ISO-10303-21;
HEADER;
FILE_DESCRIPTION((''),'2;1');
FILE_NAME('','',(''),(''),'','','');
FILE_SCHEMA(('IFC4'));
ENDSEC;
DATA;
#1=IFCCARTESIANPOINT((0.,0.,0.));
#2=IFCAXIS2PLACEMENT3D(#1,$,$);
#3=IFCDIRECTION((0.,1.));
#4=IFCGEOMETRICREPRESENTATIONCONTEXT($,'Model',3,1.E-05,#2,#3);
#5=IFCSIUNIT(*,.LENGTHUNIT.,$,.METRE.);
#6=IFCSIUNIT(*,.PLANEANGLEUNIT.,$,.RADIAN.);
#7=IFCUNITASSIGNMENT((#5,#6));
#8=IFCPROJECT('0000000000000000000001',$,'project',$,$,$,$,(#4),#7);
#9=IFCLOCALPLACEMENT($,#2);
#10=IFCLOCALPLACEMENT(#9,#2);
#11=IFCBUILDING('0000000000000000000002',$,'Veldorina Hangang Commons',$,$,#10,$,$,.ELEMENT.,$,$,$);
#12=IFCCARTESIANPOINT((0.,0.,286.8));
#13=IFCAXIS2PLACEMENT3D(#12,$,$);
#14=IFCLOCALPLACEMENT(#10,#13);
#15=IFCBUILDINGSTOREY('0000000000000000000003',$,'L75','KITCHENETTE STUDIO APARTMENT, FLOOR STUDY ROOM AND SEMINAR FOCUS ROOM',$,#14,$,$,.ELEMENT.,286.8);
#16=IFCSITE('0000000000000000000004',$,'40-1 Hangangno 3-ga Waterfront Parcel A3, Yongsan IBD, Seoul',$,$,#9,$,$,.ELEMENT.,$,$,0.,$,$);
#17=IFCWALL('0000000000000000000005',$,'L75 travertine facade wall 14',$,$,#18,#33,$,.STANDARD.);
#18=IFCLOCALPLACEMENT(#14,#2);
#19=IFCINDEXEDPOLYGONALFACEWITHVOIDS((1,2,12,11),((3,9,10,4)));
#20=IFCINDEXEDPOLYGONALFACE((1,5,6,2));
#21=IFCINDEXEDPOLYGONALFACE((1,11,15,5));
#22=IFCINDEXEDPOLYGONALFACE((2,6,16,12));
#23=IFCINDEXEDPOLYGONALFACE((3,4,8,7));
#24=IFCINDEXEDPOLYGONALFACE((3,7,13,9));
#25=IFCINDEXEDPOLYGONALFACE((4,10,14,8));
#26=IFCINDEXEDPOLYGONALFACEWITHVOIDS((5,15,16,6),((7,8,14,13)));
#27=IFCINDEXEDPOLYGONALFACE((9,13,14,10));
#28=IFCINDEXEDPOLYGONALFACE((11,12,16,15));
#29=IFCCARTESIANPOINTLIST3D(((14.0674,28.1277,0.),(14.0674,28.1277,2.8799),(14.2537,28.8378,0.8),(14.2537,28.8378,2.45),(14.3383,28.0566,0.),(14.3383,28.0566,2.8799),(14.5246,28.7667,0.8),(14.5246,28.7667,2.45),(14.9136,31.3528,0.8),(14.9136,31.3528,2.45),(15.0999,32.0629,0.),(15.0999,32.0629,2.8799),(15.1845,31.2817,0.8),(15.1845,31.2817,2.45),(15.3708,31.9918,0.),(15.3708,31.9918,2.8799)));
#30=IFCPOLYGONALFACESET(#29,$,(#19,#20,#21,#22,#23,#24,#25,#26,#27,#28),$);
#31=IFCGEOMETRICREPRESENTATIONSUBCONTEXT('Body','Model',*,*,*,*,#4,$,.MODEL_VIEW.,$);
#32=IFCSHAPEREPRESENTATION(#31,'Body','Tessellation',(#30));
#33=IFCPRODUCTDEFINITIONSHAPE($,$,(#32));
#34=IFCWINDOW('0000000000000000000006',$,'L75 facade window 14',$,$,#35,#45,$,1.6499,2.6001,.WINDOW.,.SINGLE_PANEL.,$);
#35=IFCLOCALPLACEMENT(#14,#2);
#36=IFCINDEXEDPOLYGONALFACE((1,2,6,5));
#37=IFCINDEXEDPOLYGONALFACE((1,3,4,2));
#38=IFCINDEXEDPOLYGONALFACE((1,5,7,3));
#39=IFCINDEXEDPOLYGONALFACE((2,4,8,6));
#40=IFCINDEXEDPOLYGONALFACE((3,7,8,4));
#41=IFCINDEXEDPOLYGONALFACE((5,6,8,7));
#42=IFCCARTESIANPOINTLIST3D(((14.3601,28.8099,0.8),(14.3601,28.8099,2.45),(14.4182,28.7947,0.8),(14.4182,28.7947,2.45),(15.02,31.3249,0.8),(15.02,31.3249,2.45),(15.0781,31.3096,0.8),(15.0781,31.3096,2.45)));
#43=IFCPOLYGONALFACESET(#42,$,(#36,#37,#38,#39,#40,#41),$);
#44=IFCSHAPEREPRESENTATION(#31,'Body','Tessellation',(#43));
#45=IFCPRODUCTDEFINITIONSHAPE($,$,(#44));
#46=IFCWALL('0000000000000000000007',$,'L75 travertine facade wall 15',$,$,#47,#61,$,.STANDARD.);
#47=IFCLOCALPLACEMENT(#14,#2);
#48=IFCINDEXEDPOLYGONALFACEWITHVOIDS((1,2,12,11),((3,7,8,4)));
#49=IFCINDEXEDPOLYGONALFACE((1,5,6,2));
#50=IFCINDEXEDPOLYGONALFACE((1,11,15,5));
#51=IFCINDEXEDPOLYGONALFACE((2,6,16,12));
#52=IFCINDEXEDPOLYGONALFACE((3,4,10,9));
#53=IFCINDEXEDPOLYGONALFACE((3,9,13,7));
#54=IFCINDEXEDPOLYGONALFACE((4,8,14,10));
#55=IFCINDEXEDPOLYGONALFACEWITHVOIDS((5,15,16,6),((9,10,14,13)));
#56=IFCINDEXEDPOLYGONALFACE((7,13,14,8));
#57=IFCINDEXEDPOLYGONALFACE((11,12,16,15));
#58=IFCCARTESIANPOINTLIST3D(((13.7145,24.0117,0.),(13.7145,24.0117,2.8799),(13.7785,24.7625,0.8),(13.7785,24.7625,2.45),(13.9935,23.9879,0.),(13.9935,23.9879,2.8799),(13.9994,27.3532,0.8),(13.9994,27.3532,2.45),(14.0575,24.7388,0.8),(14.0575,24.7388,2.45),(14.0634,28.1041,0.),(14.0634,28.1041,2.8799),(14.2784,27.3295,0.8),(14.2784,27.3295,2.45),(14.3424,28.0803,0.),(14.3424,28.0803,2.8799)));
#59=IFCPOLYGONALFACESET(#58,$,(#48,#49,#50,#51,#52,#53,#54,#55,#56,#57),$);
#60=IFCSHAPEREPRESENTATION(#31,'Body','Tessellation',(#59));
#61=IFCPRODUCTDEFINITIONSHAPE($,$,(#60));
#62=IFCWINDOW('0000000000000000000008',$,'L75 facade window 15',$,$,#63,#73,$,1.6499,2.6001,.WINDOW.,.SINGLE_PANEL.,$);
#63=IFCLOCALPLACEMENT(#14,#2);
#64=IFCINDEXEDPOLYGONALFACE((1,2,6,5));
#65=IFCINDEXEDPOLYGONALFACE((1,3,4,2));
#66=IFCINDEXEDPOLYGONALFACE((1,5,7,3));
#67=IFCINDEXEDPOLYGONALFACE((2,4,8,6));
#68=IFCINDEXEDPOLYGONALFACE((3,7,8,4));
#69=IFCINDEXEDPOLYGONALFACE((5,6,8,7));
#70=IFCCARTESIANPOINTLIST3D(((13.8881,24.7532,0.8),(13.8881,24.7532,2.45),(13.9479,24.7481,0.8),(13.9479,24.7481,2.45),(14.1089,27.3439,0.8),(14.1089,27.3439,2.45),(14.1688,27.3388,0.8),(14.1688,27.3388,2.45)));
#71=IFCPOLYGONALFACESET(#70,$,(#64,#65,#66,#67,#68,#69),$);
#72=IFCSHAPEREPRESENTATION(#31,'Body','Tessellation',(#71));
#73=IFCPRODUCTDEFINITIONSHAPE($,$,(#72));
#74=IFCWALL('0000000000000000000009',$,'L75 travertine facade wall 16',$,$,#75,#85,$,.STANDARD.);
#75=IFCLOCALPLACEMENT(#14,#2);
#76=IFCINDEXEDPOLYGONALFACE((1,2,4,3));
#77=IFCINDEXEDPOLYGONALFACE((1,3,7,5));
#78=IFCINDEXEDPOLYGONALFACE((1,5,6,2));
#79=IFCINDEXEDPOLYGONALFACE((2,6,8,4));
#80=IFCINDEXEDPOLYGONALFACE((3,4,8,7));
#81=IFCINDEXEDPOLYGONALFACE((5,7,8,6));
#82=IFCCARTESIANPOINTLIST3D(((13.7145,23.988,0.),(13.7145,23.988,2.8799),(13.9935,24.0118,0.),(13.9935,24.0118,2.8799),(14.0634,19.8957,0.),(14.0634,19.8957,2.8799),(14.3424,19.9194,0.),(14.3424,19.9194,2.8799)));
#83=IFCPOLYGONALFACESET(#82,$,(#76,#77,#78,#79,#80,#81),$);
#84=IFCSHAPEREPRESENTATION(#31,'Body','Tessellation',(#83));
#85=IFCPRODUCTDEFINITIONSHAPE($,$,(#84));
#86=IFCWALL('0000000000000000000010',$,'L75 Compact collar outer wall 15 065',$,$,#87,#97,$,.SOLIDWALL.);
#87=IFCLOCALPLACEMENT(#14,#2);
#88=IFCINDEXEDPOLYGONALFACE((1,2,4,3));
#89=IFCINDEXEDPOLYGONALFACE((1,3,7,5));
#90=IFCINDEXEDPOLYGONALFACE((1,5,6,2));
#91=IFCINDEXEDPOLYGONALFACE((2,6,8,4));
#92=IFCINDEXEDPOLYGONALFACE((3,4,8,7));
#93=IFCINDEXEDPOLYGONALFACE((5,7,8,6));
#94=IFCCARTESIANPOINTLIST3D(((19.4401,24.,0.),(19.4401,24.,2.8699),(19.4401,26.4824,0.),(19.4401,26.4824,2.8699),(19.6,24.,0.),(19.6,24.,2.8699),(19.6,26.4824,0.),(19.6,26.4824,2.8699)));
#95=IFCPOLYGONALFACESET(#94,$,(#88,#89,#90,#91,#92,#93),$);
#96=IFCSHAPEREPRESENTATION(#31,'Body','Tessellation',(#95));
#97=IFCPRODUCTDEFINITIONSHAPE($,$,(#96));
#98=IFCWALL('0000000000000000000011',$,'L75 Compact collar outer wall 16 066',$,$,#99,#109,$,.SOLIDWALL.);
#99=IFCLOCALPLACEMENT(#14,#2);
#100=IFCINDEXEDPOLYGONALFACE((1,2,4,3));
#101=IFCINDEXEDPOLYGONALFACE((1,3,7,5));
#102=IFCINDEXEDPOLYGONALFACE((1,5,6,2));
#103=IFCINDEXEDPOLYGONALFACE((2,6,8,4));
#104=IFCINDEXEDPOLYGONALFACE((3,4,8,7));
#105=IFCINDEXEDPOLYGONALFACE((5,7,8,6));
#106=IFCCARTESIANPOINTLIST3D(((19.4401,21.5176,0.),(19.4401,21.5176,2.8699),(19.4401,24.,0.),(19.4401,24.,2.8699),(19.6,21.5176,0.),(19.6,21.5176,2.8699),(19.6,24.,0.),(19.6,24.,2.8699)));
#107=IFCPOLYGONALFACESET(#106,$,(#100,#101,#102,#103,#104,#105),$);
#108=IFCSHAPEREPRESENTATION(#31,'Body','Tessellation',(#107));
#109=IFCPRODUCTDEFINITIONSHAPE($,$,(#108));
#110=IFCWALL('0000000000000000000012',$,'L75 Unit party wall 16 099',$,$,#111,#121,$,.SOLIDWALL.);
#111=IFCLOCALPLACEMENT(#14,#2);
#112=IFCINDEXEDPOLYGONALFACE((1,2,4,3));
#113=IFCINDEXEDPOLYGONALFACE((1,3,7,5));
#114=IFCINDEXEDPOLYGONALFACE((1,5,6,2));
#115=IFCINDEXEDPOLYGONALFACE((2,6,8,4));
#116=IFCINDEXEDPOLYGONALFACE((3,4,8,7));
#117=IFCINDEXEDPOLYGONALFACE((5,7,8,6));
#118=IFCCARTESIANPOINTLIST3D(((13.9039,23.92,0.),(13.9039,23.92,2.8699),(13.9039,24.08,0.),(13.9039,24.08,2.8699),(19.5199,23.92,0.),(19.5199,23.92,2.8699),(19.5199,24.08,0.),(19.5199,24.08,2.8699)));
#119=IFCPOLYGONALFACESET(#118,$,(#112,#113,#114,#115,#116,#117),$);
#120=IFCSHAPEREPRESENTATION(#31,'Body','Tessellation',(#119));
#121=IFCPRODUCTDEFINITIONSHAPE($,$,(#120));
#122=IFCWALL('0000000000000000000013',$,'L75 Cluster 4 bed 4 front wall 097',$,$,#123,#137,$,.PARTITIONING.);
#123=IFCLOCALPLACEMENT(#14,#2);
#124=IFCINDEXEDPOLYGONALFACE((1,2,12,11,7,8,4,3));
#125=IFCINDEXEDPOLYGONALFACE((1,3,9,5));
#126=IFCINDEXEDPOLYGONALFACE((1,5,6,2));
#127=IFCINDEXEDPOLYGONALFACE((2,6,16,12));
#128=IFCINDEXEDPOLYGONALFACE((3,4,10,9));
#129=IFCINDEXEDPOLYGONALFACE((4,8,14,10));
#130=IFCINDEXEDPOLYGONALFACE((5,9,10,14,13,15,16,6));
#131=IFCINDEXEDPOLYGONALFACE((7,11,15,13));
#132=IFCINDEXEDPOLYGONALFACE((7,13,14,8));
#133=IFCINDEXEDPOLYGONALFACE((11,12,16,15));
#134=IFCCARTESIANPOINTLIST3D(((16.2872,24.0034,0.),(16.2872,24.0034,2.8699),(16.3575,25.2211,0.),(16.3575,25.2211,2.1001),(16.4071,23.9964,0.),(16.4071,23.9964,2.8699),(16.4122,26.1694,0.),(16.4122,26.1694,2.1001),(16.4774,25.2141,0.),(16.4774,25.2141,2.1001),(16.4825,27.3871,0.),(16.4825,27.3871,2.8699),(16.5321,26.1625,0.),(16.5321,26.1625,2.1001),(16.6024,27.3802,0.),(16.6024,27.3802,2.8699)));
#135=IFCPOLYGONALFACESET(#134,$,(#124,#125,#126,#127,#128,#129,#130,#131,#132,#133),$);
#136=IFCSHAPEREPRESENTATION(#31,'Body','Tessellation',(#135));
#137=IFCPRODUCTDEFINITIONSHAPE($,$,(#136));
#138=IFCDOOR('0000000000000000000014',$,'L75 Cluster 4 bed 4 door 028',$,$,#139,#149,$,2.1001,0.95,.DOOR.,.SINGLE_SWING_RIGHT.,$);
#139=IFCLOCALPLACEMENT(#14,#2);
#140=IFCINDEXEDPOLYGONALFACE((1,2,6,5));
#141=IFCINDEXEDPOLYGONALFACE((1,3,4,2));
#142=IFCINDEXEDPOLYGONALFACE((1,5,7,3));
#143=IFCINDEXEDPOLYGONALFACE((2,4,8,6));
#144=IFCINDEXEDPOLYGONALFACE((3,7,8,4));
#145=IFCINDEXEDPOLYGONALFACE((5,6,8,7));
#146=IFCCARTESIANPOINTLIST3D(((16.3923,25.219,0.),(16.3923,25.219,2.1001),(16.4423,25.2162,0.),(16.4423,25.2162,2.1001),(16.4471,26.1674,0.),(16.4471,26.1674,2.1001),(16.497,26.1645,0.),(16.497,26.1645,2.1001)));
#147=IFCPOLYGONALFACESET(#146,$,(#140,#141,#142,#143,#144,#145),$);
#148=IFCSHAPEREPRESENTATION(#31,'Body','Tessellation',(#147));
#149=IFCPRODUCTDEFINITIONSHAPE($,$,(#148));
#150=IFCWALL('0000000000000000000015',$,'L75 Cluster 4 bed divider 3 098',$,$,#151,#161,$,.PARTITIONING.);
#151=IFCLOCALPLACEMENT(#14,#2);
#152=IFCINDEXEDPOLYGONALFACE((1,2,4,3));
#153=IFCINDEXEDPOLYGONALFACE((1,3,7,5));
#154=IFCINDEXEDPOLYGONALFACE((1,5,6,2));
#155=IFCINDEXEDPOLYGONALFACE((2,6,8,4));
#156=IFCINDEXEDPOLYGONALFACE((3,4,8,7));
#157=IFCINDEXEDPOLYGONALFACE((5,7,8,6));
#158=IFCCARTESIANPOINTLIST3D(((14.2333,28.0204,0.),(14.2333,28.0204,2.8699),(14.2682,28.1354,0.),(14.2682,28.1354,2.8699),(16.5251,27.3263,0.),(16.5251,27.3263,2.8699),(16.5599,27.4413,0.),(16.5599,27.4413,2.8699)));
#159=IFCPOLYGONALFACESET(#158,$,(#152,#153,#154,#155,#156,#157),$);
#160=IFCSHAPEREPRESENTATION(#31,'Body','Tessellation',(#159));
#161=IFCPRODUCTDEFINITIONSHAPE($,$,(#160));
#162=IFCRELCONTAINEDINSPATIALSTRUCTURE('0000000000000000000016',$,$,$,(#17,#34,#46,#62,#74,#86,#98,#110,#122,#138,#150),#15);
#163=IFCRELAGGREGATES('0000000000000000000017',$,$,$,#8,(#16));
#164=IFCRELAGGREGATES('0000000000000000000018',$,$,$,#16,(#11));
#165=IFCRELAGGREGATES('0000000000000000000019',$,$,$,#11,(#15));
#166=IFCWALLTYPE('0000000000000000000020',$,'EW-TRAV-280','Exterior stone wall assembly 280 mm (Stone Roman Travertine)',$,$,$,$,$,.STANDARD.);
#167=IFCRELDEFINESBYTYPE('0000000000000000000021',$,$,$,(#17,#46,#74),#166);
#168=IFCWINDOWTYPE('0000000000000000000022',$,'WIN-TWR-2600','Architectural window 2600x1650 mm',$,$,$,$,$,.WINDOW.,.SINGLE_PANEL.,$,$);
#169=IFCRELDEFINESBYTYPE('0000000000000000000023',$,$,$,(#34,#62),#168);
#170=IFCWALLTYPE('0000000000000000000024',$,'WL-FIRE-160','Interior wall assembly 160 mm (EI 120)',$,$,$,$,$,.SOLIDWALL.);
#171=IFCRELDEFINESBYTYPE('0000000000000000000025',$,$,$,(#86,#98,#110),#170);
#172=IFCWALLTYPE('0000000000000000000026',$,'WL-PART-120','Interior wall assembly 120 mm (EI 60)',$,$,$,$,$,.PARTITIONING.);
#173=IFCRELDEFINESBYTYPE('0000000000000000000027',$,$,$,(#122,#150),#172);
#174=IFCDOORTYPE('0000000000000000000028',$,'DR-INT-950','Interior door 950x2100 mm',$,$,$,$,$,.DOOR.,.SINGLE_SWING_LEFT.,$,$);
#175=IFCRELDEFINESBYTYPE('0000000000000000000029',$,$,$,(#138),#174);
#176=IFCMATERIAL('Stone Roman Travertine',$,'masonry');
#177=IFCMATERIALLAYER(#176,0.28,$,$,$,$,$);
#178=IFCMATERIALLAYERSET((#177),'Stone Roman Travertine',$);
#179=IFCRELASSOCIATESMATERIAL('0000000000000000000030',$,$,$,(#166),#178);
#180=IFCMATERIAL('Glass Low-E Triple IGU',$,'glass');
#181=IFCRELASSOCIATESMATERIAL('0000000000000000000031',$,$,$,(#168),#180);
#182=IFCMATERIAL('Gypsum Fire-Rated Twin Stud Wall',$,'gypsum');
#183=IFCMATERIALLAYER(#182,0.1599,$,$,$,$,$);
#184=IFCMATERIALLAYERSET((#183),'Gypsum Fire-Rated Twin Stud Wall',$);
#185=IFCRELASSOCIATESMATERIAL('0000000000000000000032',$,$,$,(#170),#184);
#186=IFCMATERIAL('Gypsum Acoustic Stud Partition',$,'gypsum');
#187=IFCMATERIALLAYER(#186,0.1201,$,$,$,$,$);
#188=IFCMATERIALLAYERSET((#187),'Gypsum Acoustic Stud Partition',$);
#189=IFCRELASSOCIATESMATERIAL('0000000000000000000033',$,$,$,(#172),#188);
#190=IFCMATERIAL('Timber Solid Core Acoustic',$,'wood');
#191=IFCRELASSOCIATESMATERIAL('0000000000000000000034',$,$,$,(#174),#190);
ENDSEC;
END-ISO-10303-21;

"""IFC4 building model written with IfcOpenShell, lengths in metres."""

from ifc_helpers import new_model, si_unit, direction, frame, frame_2d, origin, place, context, subcontext, project, spatial, rectangle, extrude, material, layer, layer_set, type_object, element, fill, save


model = new_model("IFC4")

# Units and contexts
model_context = context("Model", 3, precision=1e-05, world=origin(), true_north=direction((0.0, 1.0)))
body_context = subcontext(model_context, "Body", "Model", "MODEL_VIEW")
ifc_project = project(units=[si_unit("LENGTHUNIT", "METRE"), si_unit("PLANEANGLEUNIT", "RADIAN")], contexts=[model_context])

# Site, building, storey
site_placement = place(None, origin())
site = spatial("IfcSite", under=ifc_project, at=site_placement, Name="40-1 Hangangno 3-ga Waterfront Parcel A3, Yongsan IBD, Seoul", CompositionType="ELEMENT", RefElevation=0.0)
building_placement = place(site_placement, origin())
building = spatial("IfcBuilding", under=site, at=building_placement, Name="Veldorina Hangang Commons", CompositionType="ELEMENT")
storey_placement = place(building_placement, frame((0.0, 0.0, 286.8)))
storey = spatial("IfcBuildingStorey", under=building, at=storey_placement, Name="L75", Description="KITCHENETTE STUDIO APARTMENT, FLOOR STUDY ROOM AND SEMINAR FOCUS ROOM", CompositionType="ELEMENT", Elevation=286.8)

# Walls, openings, windows
ifc_material_1 = material(Name="Stone Roman Travertine", Category="masonry")
ifc_layer_1 = layer(ifc_material_1, 0.28)
ifc_layer_set_1 = layer_set([ifc_layer_1], Name="Stone Roman Travertine")
wall_type_1 = type_object("IfcWallType", Name="EW-TRAV-280", Description="Exterior stone wall assembly 280 mm (Stone Roman Travertine)", PredefinedType="STANDARD", material=ifc_layer_set_1)
wall_1_placement = place(storey_placement, frame((15.2354, 32.0273, 0.0), z_axis=(0.0, 0.0, 1.0), x_axis=(-0.253787, -0.96726, 0.0)))
wall_1 = element("IfcWall", 1, at=wall_1_placement, inside=storey, type_object=wall_type_1, Name="L75 travertine facade wall 14", PredefinedType="STANDARD", context=body_context, shape_type="SweptSolid", body=[
    extrude(rectangle(XDim=4.0684, YDim=0.28, at=frame_2d((2.0342, 0.0))), origin(), (0.0, 0.0, 1.0), 2.8799),
])
opening_1_placement = place(wall_1_placement, frame((0.7341, 0.0, 0.8)))
opening_1 = element("IfcOpeningElement", 2, at=opening_1_placement, cuts=wall_1, PredefinedType="OPENING", context=body_context, shape_type="SweptSolid", body=[
    extrude(rectangle(XDim=2.6001, YDim=1.6499, at=frame_2d((1.3, 0.825))), frame((0.0, 0.1499, 0.0), z_axis=(0.0, -1.0, 0.0), x_axis=(1.0, 0.0, 0.0)), (0.0, 0.0, 1.0), 0.3),
])
ifc_material_2 = material(Name="Glass Low-E Triple IGU", Category="glass")
window_type = type_object("IfcWindowType", Name="WIN-TWR-2600", Description="Architectural window 2600x1650 mm", PartitioningType="SINGLE_PANEL", PredefinedType="WINDOW", material=ifc_material_2)
window_1_placement = place(opening_1_placement, origin())
window_1 = element("IfcWindow", 3, at=window_1_placement, inside=storey, type_object=window_type, Name="L75 facade window 14", OverallHeight=1.6499, OverallWidth=2.6001, PartitioningType="SINGLE_PANEL", PredefinedType="WINDOW", context=body_context, shape_type="SweptSolid", body=[
    extrude(rectangle(XDim=2.6001, YDim=1.6499, at=frame_2d((1.3, 0.825))), frame((0.0, 0.03, 0.0), z_axis=(0.0, -1.0, 0.0), x_axis=(1.0, 0.0, 0.0)), (0.0, 0.0, 1.0), 0.0601),
])
fill(opening_1, window_1)
wall_2_placement = place(storey_placement, frame((14.2029, 28.0923, 0.0), z_axis=(0.0, 0.0, 1.0), x_axis=(-0.084944, -0.996386, 0.0)))
wall_2 = element("IfcWall", 4, at=wall_2_placement, inside=storey, type_object=wall_type_1, Name="L75 travertine facade wall 15", PredefinedType="STANDARD", context=body_context, shape_type="SweptSolid", body=[
    extrude(rectangle(XDim=4.1072, YDim=0.28, at=frame_2d((2.0537, 0.0))), origin(), (0.0, 0.0, 1.0), 2.8799),
])
opening_2_placement = place(wall_2_placement, frame((0.7537, 0.0, 0.8)))
opening_2 = element("IfcOpeningElement", 5, at=opening_2_placement, cuts=wall_2, PredefinedType="OPENING", context=body_context, shape_type="SweptSolid", body=[
    extrude(rectangle(XDim=2.6001, YDim=1.6499, at=frame_2d((1.3, 0.825))), frame((0.0, 0.1499, 0.0), z_axis=(0.0, -1.0, 0.0), x_axis=(1.0, 0.0, 0.0)), (0.0, 0.0, 1.0), 0.3),
])
window_2_placement = place(opening_2_placement, origin())
window_2 = element("IfcWindow", 6, at=window_2_placement, inside=storey, type_object=window_type, Name="L75 facade window 15", OverallHeight=1.6499, OverallWidth=2.6001, PartitioningType="SINGLE_PANEL", PredefinedType="WINDOW", context=body_context, shape_type="SweptSolid", body=[
    extrude(rectangle(XDim=2.6001, YDim=1.6499, at=frame_2d((1.3, 0.825))), frame((0.0, 0.03, 0.0), z_axis=(0.0, -1.0, 0.0), x_axis=(1.0, 0.0, 0.0)), (0.0, 0.0, 1.0), 0.0601),
])
fill(opening_2, window_2)

# Walls
wall_3_placement = place(storey_placement, frame((13.854, 24.0, 0.0), z_axis=(0.0, 0.0, 1.0), x_axis=(0.084944, -0.996386, 0.0)))
element("IfcWall", 7, at=wall_3_placement, inside=storey, type_object=wall_type_1, Name="L75 travertine facade wall 16", PredefinedType="STANDARD", context=body_context, shape_type="SweptSolid", body=[
    extrude(rectangle(XDim=4.1072, YDim=0.28, at=frame_2d((2.0537, 0.0))), origin(), (0.0, 0.0, 1.0), 2.8799),
])
ifc_material_3 = material(Name="Gypsum Fire-Rated Twin Stud Wall", Category="gypsum")
ifc_layer_2 = layer(ifc_material_3, 0.1599)
ifc_layer_set_2 = layer_set([ifc_layer_2], Name="Gypsum Fire-Rated Twin Stud Wall")
wall_type_2 = type_object("IfcWallType", Name="WL-FIRE-160", Description="Interior wall assembly 160 mm (EI 120)", PredefinedType="SOLIDWALL", material=ifc_layer_set_2)
for number, where, z_axis, x_axis, name in (
    (8, (19.52, 26.4824, 0.0), (0.0, 0.0, 1.0), (0.0, -1.0, 0.0), "L75 Compact collar outer wall 15 065"),
    (9, (19.52, 24.0, 0.0), (0.0, 0.0, 1.0), (0.0, -1.0, 0.0), "L75 Compact collar outer wall 16 066"),
):
    element("IfcWall", number, at=place(storey_placement, frame(where, z_axis=z_axis, x_axis=x_axis)), inside=storey, type_object=wall_type_2, Name=name, PredefinedType="SOLIDWALL", context=body_context, shape_type="SweptSolid", body=[
        extrude(rectangle(XDim=2.4824, YDim=0.1599, at=frame_2d((1.2412, 0.0))), origin(), (0.0, 0.0, 1.0), 2.8699),
    ])
wall_4_placement = place(storey_placement, frame((19.52, 24.0, 0.0), z_axis=(0.0, 0.0, 1.0), x_axis=(-1.0, 0.0, 0.0)))
element("IfcWall", 10, at=wall_4_placement, inside=storey, type_object=wall_type_2, Name="L75 Unit party wall 16 099", PredefinedType="SOLIDWALL", context=body_context, shape_type="SweptSolid", body=[
    extrude(rectangle(XDim=5.616, YDim=0.1599, at=frame_2d((2.8081, 0.0))), origin(), (0.0, 0.0, 1.0), 2.8699),
])

# Wall, opening, door
ifc_material_4 = material(Name="Gypsum Acoustic Stud Partition", Category="gypsum")
ifc_layer_3 = layer(ifc_material_4, 0.1201)
ifc_layer_set_3 = layer_set([ifc_layer_3], Name="Gypsum Acoustic Stud Partition")
wall_type_3 = type_object("IfcWallType", Name="WL-PART-120", Description="Interior wall assembly 120 mm (EI 60)", PredefinedType="PARTITIONING", material=ifc_layer_set_3)
wall_5_placement = place(storey_placement, frame((16.5425, 27.3838, 0.0), z_axis=(0.0, 0.0, 1.0), x_axis=(-0.057624, -0.998338, 0.0)))
wall_5 = element("IfcWall", 11, at=wall_5_placement, inside=storey, type_object=wall_type_3, Name="L75 Cluster 4 bed 4 front wall 097", PredefinedType="PARTITIONING", context=body_context, shape_type="SweptSolid", body=[
    extrude(rectangle(XDim=3.3894, YDim=0.1201, at=frame_2d((1.6948, 0.0))), origin(), (0.0, 0.0, 1.0), 2.8699),
])
opening_3_placement = place(wall_5_placement, frame((1.2197, 0.0, 0.0)))
opening_3 = element("IfcOpeningElement", 12, at=opening_3_placement, cuts=wall_5, PredefinedType="OPENING", context=body_context, shape_type="SweptSolid", body=[
    extrude(rectangle(XDim=0.95, YDim=2.1001, at=frame_2d((0.4751, 1.05))), frame((0.0, 0.0701, 0.0), z_axis=(0.0, -1.0, 0.0), x_axis=(1.0, 0.0, 0.0)), (0.0, 0.0, 1.0), 0.1401),
])
ifc_material_5 = material(Name="Timber Solid Core Acoustic", Category="wood")
door_type_1 = type_object("IfcDoorType", Name="DR-INT-950", Description="Interior door 950x2100 mm", OperationType="SINGLE_SWING_LEFT", PredefinedType="DOOR", material=ifc_material_5)
door_1_placement = place(opening_3_placement, origin())
door_1 = element("IfcDoor", 13, at=door_1_placement, inside=storey, type_object=door_type_1, Name="L75 Cluster 4 bed 4 door 028", OperationType="SINGLE_SWING_RIGHT", OverallHeight=2.1001, OverallWidth=0.95, PredefinedType="DOOR", context=body_context, shape_type="SweptSolid", body=[
    extrude(rectangle(XDim=0.95, YDim=2.1001, at=frame_2d((0.4751, 1.05))), frame((0.0, 0.0249, 0.0), z_axis=(0.0, -1.0, 0.0), x_axis=(1.0, 0.0, 0.0)), (0.0, 0.0, 1.0), 0.05),
])
fill(opening_3, door_1)

# Wall
wall_6_placement = place(storey_placement, frame((16.5425, 27.3838, 0.0), z_axis=(0.0, 0.0, 1.0), x_axis=(-0.957068, 0.289863, 0.0)))
element("IfcWall", 14, at=wall_6_placement, inside=storey, type_object=wall_type_3, Name="L75 Cluster 4 bed divider 3 098", PredefinedType="PARTITIONING", context=body_context, shape_type="SweptSolid", body=[
    extrude(rectangle(XDim=2.3945, YDim=0.1201, at=frame_2d((1.1973, 0.0))), origin(), (0.0, 0.0, 1.0), 2.8699),
])

save(model, "model.ifc")
